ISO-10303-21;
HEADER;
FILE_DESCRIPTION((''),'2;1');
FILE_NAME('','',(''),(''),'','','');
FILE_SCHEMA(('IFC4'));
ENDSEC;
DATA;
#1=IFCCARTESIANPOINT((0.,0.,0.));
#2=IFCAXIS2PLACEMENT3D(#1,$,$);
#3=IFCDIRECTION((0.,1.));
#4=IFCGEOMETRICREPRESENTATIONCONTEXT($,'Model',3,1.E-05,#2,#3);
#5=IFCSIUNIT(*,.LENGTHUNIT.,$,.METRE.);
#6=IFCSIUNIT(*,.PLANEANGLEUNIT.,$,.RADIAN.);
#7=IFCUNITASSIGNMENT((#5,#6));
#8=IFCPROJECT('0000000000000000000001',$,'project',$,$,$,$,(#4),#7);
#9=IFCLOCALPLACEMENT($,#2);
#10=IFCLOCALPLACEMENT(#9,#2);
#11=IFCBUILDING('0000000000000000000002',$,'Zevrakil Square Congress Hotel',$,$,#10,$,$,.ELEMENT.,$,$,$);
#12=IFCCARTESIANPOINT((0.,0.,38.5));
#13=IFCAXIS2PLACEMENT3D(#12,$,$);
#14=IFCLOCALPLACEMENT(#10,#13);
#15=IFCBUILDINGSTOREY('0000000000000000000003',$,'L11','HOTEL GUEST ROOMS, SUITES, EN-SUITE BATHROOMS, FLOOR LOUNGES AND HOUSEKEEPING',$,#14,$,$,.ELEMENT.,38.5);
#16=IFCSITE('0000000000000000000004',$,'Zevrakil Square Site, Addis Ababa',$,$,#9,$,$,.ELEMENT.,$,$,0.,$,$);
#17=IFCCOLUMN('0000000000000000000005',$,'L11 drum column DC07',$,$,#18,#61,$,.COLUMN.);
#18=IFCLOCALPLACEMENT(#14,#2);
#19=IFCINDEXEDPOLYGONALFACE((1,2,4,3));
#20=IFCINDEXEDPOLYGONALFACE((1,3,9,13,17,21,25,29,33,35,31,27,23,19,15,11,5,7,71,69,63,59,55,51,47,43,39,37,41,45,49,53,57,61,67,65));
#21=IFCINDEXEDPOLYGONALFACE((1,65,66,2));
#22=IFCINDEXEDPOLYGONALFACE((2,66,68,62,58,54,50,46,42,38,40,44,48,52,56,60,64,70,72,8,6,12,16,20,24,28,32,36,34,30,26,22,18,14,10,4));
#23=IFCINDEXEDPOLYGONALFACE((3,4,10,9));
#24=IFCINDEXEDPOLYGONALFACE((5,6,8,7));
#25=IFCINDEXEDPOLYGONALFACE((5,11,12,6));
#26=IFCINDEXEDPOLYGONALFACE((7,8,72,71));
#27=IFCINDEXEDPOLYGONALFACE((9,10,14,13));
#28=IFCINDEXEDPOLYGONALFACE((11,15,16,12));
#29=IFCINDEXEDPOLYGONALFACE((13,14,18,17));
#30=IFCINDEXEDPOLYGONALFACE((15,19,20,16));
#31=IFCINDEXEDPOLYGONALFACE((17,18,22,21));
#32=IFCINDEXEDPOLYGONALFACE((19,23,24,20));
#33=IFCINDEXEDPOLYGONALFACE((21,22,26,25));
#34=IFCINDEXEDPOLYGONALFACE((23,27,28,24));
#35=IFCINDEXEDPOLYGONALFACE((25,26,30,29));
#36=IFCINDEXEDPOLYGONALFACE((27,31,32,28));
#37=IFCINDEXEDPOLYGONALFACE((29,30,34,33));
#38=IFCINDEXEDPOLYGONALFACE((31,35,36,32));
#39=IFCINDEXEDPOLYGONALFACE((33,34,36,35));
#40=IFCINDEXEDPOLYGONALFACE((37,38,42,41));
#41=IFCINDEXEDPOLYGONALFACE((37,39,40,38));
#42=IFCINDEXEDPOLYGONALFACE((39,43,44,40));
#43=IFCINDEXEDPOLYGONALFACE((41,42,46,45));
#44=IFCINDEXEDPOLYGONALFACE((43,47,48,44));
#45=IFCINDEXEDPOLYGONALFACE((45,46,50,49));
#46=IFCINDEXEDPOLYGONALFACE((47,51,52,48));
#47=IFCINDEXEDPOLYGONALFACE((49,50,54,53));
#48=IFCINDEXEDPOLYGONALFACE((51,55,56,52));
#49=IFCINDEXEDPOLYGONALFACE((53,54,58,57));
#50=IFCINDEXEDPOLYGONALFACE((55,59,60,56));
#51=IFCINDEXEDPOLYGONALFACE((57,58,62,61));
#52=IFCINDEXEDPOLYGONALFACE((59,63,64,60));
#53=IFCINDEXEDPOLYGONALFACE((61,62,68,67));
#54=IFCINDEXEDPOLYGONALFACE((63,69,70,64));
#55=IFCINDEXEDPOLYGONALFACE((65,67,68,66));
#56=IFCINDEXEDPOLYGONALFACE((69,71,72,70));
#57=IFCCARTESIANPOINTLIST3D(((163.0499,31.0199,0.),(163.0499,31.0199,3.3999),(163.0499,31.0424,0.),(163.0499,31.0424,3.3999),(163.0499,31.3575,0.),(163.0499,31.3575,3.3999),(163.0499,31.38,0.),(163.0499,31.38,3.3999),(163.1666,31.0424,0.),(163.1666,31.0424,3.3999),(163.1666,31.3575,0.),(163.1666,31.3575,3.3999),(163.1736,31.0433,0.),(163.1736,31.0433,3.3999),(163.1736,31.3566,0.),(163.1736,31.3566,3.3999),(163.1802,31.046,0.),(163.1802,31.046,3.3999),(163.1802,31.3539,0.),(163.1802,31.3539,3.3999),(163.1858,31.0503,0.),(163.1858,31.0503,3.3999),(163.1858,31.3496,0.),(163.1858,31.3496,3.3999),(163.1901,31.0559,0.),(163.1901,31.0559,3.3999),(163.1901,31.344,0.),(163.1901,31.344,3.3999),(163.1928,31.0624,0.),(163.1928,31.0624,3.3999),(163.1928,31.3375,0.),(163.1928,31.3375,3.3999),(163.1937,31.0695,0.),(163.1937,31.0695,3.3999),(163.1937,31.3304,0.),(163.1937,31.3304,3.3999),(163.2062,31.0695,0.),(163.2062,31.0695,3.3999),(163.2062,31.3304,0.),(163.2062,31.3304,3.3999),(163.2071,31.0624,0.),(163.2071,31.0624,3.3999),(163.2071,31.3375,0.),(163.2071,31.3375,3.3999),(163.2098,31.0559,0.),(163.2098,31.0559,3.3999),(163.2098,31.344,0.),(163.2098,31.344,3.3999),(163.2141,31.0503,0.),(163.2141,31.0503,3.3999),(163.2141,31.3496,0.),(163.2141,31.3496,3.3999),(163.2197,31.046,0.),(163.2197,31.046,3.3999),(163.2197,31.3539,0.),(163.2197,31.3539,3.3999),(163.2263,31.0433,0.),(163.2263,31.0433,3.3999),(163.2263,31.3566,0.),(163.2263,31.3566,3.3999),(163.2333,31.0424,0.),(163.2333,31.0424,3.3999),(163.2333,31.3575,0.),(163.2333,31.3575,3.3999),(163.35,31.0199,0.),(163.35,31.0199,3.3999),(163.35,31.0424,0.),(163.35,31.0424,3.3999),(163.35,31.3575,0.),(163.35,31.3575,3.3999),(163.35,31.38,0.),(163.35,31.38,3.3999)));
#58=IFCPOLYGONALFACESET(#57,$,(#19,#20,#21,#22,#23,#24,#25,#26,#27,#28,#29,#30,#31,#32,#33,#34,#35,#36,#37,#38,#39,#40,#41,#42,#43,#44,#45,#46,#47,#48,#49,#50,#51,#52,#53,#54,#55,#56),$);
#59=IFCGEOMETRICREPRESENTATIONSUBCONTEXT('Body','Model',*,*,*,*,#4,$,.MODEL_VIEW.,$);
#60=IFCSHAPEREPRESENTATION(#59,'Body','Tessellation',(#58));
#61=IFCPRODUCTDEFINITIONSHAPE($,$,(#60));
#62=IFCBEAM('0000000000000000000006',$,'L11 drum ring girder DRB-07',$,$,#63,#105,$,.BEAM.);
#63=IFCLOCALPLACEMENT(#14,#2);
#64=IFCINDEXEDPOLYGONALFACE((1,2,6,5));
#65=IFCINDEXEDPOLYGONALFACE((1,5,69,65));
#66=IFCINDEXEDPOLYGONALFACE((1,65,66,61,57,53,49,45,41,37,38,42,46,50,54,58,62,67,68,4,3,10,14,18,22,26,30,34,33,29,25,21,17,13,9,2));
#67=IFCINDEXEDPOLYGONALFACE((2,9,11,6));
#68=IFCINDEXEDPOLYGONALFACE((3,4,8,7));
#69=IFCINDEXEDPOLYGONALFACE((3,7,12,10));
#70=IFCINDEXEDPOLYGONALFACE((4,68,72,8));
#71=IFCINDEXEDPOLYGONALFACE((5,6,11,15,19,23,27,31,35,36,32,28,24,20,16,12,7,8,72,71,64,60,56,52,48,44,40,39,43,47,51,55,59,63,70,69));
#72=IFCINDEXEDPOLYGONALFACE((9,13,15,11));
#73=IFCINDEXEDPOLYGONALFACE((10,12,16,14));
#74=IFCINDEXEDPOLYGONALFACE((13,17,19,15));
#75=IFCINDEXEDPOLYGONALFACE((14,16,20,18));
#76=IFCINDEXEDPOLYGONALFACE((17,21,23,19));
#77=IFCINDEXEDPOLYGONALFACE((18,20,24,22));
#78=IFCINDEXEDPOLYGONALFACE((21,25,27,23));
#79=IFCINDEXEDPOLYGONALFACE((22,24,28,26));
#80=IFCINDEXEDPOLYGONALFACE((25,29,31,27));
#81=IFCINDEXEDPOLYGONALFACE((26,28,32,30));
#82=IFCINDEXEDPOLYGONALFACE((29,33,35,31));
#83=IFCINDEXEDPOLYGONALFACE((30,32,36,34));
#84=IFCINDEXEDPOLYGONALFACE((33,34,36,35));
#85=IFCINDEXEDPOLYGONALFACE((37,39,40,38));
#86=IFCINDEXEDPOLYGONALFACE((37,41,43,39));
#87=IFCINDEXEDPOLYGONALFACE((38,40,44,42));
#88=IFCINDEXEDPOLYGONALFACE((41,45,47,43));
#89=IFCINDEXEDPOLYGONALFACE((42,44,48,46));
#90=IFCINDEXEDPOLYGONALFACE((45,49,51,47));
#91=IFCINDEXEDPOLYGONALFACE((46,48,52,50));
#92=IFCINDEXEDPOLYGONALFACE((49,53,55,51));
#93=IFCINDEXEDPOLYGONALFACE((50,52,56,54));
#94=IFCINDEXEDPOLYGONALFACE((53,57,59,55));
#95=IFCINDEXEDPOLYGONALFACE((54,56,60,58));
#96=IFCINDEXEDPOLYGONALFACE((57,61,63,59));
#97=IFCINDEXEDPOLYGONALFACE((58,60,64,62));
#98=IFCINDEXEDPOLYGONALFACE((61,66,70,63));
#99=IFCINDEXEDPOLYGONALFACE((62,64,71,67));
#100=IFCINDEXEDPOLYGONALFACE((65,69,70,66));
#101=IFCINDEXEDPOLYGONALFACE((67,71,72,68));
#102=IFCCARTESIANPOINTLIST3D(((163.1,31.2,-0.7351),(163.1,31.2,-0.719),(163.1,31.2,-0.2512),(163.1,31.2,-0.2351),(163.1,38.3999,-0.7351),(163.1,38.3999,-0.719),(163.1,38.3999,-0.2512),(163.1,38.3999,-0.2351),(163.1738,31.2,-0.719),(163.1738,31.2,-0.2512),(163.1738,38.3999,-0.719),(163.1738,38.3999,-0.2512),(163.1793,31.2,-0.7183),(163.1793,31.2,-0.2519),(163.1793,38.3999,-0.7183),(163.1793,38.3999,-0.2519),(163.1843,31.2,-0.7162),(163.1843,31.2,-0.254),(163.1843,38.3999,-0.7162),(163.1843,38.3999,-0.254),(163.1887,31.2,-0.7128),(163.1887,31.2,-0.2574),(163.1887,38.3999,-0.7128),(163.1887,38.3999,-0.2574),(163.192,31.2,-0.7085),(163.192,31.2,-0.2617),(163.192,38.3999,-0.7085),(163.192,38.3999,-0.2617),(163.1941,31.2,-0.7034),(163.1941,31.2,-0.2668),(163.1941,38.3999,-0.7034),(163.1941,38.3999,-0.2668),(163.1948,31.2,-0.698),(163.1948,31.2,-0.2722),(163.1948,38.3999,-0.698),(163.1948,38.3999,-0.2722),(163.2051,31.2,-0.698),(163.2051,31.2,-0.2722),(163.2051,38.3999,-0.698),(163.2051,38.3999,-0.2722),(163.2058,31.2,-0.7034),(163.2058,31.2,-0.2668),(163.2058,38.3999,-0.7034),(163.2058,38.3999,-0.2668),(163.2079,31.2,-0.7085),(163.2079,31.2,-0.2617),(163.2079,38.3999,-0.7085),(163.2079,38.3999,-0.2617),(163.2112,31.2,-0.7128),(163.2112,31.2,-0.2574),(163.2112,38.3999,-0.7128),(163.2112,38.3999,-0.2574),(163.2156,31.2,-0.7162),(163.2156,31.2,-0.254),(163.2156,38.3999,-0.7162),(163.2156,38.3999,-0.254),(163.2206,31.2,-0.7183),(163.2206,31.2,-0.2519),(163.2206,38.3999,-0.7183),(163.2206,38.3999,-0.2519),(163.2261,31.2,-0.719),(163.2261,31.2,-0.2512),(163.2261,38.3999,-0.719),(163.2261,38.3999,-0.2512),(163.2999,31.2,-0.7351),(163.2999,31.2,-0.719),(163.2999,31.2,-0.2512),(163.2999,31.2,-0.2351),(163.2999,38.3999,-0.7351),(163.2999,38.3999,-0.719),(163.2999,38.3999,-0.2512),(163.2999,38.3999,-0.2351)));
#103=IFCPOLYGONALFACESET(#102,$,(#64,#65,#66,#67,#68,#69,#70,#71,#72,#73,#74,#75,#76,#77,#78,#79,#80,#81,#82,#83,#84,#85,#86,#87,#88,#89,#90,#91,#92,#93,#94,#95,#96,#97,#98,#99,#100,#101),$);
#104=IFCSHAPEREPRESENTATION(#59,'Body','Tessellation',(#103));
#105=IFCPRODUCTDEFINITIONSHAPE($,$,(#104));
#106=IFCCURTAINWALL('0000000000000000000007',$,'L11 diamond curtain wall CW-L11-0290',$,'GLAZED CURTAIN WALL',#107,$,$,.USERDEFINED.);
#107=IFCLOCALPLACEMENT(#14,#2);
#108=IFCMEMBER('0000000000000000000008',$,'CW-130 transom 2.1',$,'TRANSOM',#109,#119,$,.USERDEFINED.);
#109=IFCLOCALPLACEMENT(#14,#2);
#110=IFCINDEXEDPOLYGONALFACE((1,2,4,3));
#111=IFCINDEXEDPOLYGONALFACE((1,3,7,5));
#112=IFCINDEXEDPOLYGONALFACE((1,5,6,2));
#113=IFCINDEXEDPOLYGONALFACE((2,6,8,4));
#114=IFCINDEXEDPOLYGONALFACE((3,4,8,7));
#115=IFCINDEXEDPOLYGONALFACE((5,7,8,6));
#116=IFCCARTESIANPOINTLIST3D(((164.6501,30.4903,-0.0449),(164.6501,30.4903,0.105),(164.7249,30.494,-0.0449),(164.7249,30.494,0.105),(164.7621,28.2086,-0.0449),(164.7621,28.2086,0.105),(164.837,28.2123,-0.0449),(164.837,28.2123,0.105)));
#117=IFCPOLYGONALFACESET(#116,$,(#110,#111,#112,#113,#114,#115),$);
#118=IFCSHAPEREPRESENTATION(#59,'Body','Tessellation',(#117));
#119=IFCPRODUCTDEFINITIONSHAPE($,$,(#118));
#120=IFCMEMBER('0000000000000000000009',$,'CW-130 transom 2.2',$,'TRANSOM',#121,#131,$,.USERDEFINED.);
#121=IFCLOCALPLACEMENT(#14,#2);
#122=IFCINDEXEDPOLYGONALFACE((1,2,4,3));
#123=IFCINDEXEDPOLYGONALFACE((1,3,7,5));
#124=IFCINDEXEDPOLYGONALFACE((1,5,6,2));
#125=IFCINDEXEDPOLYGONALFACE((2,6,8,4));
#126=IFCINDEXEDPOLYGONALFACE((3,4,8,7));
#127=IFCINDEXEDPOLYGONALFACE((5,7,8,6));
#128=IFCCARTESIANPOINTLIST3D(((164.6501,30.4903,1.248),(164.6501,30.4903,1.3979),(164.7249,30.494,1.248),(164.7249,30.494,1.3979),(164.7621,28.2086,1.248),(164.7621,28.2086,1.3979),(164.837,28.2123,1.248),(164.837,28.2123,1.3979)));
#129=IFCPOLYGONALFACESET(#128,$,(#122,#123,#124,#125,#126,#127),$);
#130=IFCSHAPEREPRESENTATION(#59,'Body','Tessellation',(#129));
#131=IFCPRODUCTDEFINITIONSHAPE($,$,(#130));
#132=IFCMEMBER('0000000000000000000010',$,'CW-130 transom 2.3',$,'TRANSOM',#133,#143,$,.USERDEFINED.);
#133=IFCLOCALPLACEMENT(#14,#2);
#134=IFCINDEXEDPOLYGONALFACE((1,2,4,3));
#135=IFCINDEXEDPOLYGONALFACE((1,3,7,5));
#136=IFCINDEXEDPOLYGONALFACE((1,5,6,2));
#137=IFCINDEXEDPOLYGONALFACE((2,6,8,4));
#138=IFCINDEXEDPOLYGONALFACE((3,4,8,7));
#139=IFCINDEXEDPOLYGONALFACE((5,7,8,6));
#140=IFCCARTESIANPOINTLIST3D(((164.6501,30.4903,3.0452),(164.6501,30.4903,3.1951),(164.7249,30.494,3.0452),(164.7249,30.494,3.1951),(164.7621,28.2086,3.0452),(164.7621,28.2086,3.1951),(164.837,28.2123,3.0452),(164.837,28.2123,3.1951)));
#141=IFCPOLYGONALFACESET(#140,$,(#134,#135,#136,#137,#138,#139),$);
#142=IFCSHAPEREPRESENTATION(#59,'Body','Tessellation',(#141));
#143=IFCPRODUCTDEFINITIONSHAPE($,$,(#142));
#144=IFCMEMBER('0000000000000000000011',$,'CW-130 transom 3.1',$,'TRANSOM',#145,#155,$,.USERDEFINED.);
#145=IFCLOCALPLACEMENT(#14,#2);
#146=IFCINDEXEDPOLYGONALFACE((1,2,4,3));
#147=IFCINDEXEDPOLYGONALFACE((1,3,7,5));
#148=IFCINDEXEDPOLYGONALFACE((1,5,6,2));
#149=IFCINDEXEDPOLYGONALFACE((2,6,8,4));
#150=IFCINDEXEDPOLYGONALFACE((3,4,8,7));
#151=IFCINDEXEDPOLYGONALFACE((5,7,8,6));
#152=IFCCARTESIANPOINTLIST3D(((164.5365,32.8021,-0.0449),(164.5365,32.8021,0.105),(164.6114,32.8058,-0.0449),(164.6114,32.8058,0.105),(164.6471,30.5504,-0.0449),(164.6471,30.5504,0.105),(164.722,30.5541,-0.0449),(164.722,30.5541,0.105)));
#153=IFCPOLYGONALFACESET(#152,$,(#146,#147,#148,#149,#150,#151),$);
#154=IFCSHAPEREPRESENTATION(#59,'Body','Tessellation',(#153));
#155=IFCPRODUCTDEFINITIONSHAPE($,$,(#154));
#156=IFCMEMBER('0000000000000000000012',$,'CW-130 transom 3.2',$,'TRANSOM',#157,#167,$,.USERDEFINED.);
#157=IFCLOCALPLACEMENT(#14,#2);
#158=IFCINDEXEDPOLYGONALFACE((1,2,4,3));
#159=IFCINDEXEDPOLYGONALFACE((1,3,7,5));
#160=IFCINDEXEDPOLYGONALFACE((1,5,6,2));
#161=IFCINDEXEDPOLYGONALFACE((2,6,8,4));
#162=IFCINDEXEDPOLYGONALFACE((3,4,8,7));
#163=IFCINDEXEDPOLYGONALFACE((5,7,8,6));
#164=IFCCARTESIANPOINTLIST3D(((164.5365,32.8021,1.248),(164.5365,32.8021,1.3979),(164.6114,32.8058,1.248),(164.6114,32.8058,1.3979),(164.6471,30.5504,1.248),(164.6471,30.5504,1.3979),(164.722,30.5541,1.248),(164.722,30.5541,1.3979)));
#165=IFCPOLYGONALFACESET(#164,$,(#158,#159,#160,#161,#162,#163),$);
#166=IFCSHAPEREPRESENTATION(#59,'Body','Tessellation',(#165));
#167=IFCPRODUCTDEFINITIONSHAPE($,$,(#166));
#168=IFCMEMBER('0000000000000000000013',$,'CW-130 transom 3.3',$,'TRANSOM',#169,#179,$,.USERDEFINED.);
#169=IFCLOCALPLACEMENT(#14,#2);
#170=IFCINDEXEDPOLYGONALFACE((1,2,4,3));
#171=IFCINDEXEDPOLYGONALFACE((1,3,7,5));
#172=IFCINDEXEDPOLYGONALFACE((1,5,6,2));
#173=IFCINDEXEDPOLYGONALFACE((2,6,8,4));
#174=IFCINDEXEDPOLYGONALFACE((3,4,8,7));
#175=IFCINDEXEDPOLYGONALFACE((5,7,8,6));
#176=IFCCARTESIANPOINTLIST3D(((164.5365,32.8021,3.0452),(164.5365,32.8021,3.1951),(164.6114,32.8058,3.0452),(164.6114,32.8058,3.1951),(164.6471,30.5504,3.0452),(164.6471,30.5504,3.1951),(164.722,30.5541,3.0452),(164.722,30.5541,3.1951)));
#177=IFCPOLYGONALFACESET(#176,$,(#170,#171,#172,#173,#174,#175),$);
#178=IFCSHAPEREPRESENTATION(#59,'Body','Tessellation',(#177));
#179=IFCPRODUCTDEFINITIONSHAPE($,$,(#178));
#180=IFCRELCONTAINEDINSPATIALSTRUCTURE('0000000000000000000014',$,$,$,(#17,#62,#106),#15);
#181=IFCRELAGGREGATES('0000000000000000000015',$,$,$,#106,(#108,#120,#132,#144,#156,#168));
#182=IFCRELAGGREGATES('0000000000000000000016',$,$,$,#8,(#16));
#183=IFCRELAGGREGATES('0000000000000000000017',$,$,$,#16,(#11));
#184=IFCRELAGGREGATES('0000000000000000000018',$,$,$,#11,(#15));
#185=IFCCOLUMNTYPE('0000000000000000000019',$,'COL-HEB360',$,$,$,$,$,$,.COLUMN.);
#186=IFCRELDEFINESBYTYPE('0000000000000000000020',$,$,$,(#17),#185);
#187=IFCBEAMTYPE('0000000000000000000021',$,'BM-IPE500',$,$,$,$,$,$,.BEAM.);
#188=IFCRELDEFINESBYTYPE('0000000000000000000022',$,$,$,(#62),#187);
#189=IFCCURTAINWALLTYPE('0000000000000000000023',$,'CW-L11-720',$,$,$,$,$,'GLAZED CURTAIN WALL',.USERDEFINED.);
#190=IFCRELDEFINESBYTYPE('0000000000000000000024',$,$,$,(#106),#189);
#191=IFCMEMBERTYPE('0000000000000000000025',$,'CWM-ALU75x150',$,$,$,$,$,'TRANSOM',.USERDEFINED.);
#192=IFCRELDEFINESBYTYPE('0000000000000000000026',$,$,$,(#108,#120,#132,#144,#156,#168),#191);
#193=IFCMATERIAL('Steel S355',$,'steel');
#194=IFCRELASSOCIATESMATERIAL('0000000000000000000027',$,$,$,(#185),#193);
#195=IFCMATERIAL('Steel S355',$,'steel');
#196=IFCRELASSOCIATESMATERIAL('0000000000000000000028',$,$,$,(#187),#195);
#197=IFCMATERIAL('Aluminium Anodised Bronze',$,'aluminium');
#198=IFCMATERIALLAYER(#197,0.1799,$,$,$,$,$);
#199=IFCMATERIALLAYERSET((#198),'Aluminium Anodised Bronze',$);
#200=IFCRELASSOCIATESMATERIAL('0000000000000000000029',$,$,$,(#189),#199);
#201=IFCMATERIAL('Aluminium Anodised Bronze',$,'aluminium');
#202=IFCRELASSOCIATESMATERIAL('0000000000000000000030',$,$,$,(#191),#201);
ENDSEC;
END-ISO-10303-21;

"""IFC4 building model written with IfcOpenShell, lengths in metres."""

from ifc_helpers import new_model, si_unit, direction, frame, origin, origin_2d, place, context, subcontext, project, spatial, rectangle, i_section, extrude, material, layer, layer_set, material_profile, profile_set, type_object, element, aggregate, save


model = new_model("IFC4")

# Units and contexts
model_context = context("Model", 3, precision=1e-05, world=origin(), true_north=direction((0.0, 1.0)))
body_context = subcontext(model_context, "Body", "Model", "MODEL_VIEW")
ifc_project = project(units=[si_unit("LENGTHUNIT", "METRE"), si_unit("PLANEANGLEUNIT", "RADIAN")], contexts=[model_context])

# Site, building, storey
site_placement = place(None, origin())
site = spatial("IfcSite", under=ifc_project, at=site_placement, Name="Zevrakil Square Site, Addis Ababa", CompositionType="ELEMENT", RefElevation=0.0)
building_placement = place(site_placement, origin())
building = spatial("IfcBuilding", under=site, at=building_placement, Name="Zevrakil Square Congress Hotel", CompositionType="ELEMENT")
storey_placement = place(building_placement, frame((0.0, 0.0, 38.5)))
storey = spatial("IfcBuildingStorey", under=building, at=storey_placement, Name="L11", Description="HOTEL GUEST ROOMS, SUITES, EN-SUITE BATHROOMS, FLOOR LOUNGES AND HOUSEKEEPING", CompositionType="ELEMENT", Elevation=38.5)

# Column
ifc_material_1 = material(Name="Steel S355", Category="steel")
ifc_material_profile_1 = material_profile(ifc_material_1, i_section(OverallWidth=0.3, OverallDepth=0.3601, WebThickness=0.0125, FlangeThickness=0.0225, FilletRadius=0.0271, at=origin_2d()), Name="HEB 360")
ifc_profile_set_1 = profile_set([ifc_material_profile_1], Name="Steel S355")
column_type = type_object("IfcColumnType", Name="COL-HEB360", PredefinedType="COLUMN", material=ifc_profile_set_1)
column_placement = place(storey_placement, frame((163.2, 31.2, 0.0), z_axis=(0.0, 0.0, 1.0), x_axis=(1.0, 0.0, 0.0)))
element("IfcColumn", 1, at=column_placement, inside=storey, type_object=column_type, Name="L11 drum column DC07", PredefinedType="COLUMN", context=body_context, shape_type="SweptSolid", body=[
    extrude(i_section(OverallWidth=0.3, OverallDepth=0.3601, WebThickness=0.0125, FlangeThickness=0.0225, FilletRadius=0.0271, at=origin_2d()), origin(), (0.0, 0.0, 1.0), 3.3999),
])

# Beam
ifc_material_2 = material(Name="Steel S355", Category="steel")
ifc_material_profile_2 = material_profile(ifc_material_2, i_section(OverallWidth=0.2, OverallDepth=0.5, WebThickness=0.0103, FlangeThickness=0.0161, FilletRadius=0.021, at=origin_2d()), Name="IPE 500")
ifc_profile_set_2 = profile_set([ifc_material_profile_2], Name="Steel S355")
beam_type_1 = type_object("IfcBeamType", Name="BM-IPE500", PredefinedType="BEAM", material=ifc_profile_set_2)
beam_1_placement = place(storey_placement, frame((163.2, 31.2, -0.4851), z_axis=(0.0, 1.0, 0.0), x_axis=(-1.0, 0.0, 0.0)))
element("IfcBeam", 2, at=beam_1_placement, inside=storey, type_object=beam_type_1, Name="L11 drum ring girder DRB-07", PredefinedType="BEAM", context=body_context, shape_type="SweptSolid", body=[
    extrude(i_section(OverallWidth=0.2, OverallDepth=0.5, WebThickness=0.0103, FlangeThickness=0.0161, FilletRadius=0.021, at=origin_2d()), origin(), (0.0, 0.0, 1.0), 7.2),
])

# Curtain wall, members
ifc_material_3 = material(Name="Aluminium Anodised Bronze", Category="aluminium")
ifc_layer_1 = layer(ifc_material_3, 0.1799)
ifc_layer_set_1 = layer_set([ifc_layer_1], Name="Aluminium Anodised Bronze")
curtain_wall_type = type_object("IfcCurtainWallType", Name="CW-L11-720", ElementType="GLAZED CURTAIN WALL", PredefinedType="USERDEFINED", material=ifc_layer_set_1)
curtain_wall_placement = place(storey_placement, origin())
curtain_wall = element("IfcCurtainWall", 3, at=curtain_wall_placement, inside=storey, type_object=curtain_wall_type, Name="L11 diamond curtain wall CW-L11-0290", ObjectType="GLAZED CURTAIN WALL", PredefinedType="USERDEFINED")
ifc_material_4 = material(Name="Aluminium Anodised Bronze", Category="aluminium")
ifc_material_profile_3 = material_profile(ifc_material_4, rectangle(XDim=0.075, YDim=0.1499, at=origin_2d()), Name="ALU 75x150")
ifc_profile_set_3 = profile_set([ifc_material_profile_3], Name="Aluminium Anodised Bronze")
member_type_1 = type_object("IfcMemberType", Name="CWM-ALU75x150", ElementType="TRANSOM", PredefinedType="USERDEFINED", material=ifc_profile_set_3)
member_1_placement = place(storey_placement, frame((164.7996, 28.2104, 0.03), z_axis=(-0.049053, 0.998796, 0.0), x_axis=(-0.998796, -0.049053, 0.0)))
member_1 = element("IfcMember", 4, at=member_1_placement, type_object=member_type_1, Name="CW-130 transom 2.1", ObjectType="TRANSOM", PredefinedType="USERDEFINED", context=body_context, shape_type="SweptSolid", body=[
    extrude(rectangle(XDim=0.075, YDim=0.1499, at=origin_2d()), origin(), (0.0, 0.0, 1.0), 2.2844),
])
member_2_placement = place(storey_placement, frame((164.7996, 28.2104, 1.323), z_axis=(-0.049053, 0.998796, 0.0), x_axis=(-0.998796, -0.049053, 0.0)))
member_2 = element("IfcMember", 5, at=member_2_placement, type_object=member_type_1, Name="CW-130 transom 2.2", ObjectType="TRANSOM", PredefinedType="USERDEFINED", context=body_context, shape_type="SweptSolid", body=[
    extrude(rectangle(XDim=0.075, YDim=0.1499, at=origin_2d()), origin(), (0.0, 0.0, 1.0), 2.2844),
])
member_3_placement = place(storey_placement, frame((164.7996, 28.2104, 3.1201), z_axis=(-0.049053, 0.998796, 0.0), x_axis=(-0.998796, -0.049053, 0.0)))
member_3 = element("IfcMember", 6, at=member_3_placement, type_object=member_type_1, Name="CW-130 transom 2.3", ObjectType="TRANSOM", PredefinedType="USERDEFINED", context=body_context, shape_type="SweptSolid", body=[
    extrude(rectangle(XDim=0.075, YDim=0.1499, at=origin_2d()), origin(), (0.0, 0.0, 1.0), 2.2844),
])
member_4_placement = place(storey_placement, frame((164.6846, 30.5522, 0.03), z_axis=(-0.049057, 0.998796, 0.0), x_axis=(-0.998796, -0.049057, 0.0)))
member_4 = element("IfcMember", 7, at=member_4_placement, type_object=member_type_1, Name="CW-130 transom 3.1", ObjectType="TRANSOM", PredefinedType="USERDEFINED", context=body_context, shape_type="SweptSolid", body=[
    extrude(rectangle(XDim=0.075, YDim=0.1499, at=origin_2d()), origin(), (0.0, 0.0, 1.0), 2.2544),
])
member_5_placement = place(storey_placement, frame((164.6846, 30.5522, 1.323), z_axis=(-0.049057, 0.998796, 0.0), x_axis=(-0.998796, -0.049057, 0.0)))
member_5 = element("IfcMember", 8, at=member_5_placement, type_object=member_type_1, Name="CW-130 transom 3.2", ObjectType="TRANSOM", PredefinedType="USERDEFINED", context=body_context, shape_type="SweptSolid", body=[
    extrude(rectangle(XDim=0.075, YDim=0.1499, at=origin_2d()), origin(), (0.0, 0.0, 1.0), 2.2544),
])
member_6_placement = place(storey_placement, frame((164.6846, 30.5522, 3.1201), z_axis=(-0.049057, 0.998796, 0.0), x_axis=(-0.998796, -0.049057, 0.0)))
member_6 = element("IfcMember", 9, at=member_6_placement, type_object=member_type_1, Name="CW-130 transom 3.3", ObjectType="TRANSOM", PredefinedType="USERDEFINED", context=body_context, shape_type="SweptSolid", body=[
    extrude(rectangle(XDim=0.075, YDim=0.1499, at=origin_2d()), origin(), (0.0, 0.0, 1.0), 2.2544),
])

aggregate(curtain_wall, [member_1, member_2, member_3, member_4, member_5, member_6])

save(model, "model.ifc")
